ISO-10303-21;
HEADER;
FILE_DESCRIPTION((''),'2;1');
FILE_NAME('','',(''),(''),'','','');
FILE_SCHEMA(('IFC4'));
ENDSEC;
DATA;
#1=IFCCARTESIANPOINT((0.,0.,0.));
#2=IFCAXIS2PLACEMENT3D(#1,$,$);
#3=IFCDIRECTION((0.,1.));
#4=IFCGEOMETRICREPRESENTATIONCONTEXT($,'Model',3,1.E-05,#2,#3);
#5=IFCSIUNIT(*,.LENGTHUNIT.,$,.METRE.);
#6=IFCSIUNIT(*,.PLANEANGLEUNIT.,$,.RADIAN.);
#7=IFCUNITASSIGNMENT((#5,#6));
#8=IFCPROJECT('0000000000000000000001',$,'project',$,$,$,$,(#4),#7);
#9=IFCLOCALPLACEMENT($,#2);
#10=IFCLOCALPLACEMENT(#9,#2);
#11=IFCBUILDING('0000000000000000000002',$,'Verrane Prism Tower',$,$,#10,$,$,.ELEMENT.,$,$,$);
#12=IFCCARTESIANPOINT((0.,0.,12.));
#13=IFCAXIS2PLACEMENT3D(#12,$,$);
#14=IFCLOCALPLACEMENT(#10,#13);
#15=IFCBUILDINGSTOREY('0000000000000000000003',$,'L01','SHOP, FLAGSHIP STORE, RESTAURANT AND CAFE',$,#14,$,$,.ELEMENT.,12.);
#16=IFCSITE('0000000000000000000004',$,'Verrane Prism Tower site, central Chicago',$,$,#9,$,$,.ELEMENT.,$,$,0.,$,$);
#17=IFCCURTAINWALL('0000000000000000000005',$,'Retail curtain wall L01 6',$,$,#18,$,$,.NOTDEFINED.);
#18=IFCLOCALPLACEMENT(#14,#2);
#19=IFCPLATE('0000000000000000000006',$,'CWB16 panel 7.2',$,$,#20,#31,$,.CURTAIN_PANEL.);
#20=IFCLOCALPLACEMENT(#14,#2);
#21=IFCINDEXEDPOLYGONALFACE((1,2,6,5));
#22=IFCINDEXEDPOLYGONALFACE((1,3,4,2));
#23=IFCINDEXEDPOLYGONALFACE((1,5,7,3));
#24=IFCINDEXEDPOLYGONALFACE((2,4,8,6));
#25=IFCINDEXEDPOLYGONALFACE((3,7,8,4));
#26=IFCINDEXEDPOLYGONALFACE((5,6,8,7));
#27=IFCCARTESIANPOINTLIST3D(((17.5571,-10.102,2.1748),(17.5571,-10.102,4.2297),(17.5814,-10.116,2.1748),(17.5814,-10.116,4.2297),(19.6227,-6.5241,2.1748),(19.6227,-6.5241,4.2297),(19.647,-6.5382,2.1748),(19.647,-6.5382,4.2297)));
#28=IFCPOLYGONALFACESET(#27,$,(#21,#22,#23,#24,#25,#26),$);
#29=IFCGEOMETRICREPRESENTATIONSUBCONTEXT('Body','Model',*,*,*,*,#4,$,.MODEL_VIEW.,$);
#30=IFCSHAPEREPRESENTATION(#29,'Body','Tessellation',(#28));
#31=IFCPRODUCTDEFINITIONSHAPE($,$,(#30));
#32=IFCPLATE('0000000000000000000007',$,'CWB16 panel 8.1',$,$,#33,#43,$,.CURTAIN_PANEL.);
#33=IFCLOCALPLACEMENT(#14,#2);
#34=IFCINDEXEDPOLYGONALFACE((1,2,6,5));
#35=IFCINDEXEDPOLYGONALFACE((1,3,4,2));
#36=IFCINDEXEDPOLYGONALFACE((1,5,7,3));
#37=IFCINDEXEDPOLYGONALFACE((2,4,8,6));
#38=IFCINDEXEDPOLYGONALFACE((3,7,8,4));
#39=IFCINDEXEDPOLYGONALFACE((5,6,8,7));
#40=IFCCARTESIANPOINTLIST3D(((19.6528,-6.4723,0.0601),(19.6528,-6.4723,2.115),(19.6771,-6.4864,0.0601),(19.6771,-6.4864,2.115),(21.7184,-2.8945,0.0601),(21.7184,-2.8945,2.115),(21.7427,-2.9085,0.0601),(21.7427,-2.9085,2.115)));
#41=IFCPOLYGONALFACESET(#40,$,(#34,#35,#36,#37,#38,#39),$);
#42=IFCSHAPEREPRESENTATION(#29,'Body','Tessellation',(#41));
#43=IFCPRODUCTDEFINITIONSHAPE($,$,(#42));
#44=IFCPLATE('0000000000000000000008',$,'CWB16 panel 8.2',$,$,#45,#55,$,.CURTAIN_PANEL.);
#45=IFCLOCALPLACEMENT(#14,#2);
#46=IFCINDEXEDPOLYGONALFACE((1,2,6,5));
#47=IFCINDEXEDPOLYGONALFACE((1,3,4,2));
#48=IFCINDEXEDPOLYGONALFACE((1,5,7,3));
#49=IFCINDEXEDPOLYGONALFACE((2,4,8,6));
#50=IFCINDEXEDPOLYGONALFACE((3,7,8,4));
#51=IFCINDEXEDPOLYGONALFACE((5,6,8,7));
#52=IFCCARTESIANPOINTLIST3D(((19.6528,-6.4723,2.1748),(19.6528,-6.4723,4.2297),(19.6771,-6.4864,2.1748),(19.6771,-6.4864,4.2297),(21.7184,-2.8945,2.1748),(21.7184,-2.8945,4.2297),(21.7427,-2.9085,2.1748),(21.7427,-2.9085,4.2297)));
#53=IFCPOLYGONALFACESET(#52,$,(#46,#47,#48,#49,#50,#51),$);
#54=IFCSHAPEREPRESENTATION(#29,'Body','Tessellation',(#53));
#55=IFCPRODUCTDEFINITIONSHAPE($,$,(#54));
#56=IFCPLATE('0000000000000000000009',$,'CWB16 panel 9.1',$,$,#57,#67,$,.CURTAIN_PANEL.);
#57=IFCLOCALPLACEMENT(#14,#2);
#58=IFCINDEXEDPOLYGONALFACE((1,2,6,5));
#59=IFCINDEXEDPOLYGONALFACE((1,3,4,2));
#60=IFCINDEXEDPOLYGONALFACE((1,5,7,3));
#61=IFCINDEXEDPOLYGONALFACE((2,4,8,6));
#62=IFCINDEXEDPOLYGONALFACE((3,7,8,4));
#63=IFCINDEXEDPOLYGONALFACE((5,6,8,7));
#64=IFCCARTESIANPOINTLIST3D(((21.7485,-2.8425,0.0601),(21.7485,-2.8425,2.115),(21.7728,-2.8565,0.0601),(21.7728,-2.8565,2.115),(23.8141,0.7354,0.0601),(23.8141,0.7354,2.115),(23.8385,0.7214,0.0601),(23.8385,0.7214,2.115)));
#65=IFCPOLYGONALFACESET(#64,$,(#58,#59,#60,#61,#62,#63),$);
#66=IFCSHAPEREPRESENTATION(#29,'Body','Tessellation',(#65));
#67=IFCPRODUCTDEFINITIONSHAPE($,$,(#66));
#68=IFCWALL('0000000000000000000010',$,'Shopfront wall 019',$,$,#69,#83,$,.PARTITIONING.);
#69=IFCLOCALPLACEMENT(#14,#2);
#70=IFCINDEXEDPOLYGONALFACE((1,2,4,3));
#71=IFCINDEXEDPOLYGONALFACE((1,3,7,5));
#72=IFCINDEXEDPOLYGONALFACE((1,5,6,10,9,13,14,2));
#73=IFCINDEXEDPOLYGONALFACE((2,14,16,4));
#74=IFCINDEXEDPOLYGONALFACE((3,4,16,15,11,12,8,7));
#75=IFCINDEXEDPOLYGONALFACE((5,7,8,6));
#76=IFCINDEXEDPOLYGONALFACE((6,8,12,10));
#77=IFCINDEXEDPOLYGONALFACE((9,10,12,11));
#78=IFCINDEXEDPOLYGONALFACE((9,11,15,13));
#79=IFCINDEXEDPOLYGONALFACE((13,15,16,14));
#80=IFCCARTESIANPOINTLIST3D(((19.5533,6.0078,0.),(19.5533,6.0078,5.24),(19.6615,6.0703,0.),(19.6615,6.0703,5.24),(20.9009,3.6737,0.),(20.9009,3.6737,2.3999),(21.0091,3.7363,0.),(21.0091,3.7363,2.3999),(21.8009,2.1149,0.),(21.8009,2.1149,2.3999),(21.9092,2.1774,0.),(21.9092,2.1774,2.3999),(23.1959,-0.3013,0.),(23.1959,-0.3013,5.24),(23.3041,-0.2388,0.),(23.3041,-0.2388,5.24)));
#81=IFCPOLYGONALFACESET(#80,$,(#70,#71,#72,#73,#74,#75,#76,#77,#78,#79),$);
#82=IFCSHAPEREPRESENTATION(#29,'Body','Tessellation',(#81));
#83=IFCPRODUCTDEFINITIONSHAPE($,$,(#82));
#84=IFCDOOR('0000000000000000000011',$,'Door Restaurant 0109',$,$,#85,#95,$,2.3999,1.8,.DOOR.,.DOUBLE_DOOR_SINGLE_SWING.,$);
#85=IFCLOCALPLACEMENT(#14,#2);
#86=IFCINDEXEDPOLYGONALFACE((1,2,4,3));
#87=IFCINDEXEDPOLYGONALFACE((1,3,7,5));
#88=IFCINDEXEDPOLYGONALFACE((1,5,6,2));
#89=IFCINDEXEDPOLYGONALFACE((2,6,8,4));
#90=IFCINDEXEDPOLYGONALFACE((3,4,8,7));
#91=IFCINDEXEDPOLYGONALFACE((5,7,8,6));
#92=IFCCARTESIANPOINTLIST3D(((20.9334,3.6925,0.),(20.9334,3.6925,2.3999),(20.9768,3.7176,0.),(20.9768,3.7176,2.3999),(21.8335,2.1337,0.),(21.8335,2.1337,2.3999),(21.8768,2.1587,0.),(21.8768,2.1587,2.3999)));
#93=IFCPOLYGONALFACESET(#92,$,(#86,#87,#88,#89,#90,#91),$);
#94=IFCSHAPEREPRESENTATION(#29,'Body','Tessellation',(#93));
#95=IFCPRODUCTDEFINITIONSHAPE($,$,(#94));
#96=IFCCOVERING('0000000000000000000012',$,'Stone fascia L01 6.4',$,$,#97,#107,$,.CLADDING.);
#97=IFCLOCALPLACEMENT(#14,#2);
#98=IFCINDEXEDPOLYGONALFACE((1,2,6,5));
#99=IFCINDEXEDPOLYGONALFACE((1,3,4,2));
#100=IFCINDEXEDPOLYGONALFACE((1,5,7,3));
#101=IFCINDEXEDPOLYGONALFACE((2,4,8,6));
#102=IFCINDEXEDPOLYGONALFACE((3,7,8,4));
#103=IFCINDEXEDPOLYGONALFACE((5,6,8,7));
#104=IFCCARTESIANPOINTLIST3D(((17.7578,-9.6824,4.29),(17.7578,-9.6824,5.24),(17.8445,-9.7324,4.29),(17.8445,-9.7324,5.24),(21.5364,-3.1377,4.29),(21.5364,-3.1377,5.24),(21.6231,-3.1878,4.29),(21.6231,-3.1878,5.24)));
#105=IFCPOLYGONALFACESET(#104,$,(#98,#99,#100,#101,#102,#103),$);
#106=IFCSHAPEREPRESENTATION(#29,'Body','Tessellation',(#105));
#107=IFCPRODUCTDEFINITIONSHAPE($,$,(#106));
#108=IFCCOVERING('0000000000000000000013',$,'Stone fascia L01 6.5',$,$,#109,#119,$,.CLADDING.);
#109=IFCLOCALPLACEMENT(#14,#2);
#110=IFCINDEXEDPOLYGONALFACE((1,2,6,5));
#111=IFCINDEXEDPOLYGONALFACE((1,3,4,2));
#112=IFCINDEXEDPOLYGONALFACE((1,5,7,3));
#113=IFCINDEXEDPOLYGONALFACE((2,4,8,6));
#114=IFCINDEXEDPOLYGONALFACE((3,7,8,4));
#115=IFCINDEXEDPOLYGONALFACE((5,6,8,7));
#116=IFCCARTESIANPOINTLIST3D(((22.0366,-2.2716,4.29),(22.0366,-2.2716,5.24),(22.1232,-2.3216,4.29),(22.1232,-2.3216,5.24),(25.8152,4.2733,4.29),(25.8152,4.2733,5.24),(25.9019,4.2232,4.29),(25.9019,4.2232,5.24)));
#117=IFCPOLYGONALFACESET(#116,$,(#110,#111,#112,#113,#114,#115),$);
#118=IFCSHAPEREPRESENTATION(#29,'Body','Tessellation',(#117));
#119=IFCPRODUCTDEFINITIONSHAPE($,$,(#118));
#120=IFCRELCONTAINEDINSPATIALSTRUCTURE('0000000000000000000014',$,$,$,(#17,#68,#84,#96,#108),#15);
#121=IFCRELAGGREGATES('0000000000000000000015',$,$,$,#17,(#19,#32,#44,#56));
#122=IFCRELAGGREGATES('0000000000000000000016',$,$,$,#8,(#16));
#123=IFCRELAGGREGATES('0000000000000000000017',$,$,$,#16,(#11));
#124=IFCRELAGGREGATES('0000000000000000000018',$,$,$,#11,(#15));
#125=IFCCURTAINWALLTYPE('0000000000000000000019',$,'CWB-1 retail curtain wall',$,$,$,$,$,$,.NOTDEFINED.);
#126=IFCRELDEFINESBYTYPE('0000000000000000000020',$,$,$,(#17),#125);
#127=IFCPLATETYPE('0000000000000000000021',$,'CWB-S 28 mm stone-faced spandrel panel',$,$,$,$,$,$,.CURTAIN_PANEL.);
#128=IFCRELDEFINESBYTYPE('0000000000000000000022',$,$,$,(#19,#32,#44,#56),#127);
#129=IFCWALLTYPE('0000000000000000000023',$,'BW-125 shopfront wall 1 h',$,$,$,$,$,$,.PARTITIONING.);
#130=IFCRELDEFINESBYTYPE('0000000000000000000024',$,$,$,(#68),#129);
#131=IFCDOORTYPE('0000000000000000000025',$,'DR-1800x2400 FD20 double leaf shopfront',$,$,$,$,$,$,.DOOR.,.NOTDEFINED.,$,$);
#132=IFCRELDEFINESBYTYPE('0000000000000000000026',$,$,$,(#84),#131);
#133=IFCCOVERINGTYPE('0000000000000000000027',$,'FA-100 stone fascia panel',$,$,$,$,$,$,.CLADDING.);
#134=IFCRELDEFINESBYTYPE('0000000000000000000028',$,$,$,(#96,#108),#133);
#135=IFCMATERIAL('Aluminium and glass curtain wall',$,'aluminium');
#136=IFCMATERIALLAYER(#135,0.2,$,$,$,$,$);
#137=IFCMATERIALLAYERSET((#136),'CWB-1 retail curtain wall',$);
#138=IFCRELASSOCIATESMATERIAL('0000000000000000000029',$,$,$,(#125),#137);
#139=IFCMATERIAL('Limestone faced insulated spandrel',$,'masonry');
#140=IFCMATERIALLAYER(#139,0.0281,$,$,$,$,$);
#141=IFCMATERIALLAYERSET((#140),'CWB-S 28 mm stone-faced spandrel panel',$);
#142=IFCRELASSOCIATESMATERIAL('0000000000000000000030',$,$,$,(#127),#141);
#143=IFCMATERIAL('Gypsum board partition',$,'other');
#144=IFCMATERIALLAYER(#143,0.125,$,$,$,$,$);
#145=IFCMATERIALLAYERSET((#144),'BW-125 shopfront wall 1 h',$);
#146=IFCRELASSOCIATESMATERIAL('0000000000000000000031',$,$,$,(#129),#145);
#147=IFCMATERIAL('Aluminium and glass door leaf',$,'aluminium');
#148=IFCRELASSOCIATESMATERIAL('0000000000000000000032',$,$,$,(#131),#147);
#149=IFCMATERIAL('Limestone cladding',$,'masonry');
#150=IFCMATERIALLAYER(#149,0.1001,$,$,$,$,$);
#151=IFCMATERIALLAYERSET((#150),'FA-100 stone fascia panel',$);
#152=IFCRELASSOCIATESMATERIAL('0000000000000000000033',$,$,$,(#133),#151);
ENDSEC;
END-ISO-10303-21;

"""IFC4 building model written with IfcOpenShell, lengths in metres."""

from ifc_helpers import new_model, si_unit, direction, frame, frame_2d, origin, origin_2d, place, context, subcontext, project, spatial, rectangle, extrude, material, layer, layer_set, type_object, element, fill, aggregate, save


model = new_model("IFC4")

# Units and contexts
model_context = context("Model", 3, precision=1e-05, world=origin(), true_north=direction((0.0, 1.0)))
body_context = subcontext(model_context, "Body", "Model", "MODEL_VIEW")
ifc_project = project(units=[si_unit("LENGTHUNIT", "METRE"), si_unit("PLANEANGLEUNIT", "RADIAN")], contexts=[model_context])

# Site, building, storey
site_placement = place(None, origin())
site = spatial("IfcSite", under=ifc_project, at=site_placement, Name="Verrane Prism Tower site, central Chicago", CompositionType="ELEMENT", RefElevation=0.0)
building_placement = place(site_placement, origin())
building = spatial("IfcBuilding", under=site, at=building_placement, Name="Verrane Prism Tower", CompositionType="ELEMENT")
storey_placement = place(building_placement, frame((0.0, 0.0, 12.0)))
storey = spatial("IfcBuildingStorey", under=building, at=storey_placement, Name="L01", Description="SHOP, FLAGSHIP STORE, RESTAURANT AND CAFE", CompositionType="ELEMENT", Elevation=12.0)

# Curtain wall
ifc_material_1 = material(Name="Aluminium and glass curtain wall", Category="aluminium")
ifc_layer_1 = layer(ifc_material_1, 0.2)
ifc_layer_set_1 = layer_set([ifc_layer_1], Name="CWB-1 retail curtain wall")
curtain_wall_type = type_object("IfcCurtainWallType", Name="CWB-1 retail curtain wall", PredefinedType="NOTDEFINED", material=ifc_layer_set_1)
curtain_wall_placement = place(storey_placement, origin())
curtain_wall = element("IfcCurtainWall", 1, at=curtain_wall_placement, inside=storey, type_object=curtain_wall_type, Name="Retail curtain wall L01 6", PredefinedType="NOTDEFINED")

# Plates
ifc_material_2 = material(Name="Limestone faced insulated spandrel", Category="masonry")
ifc_layer_2 = layer(ifc_material_2, 0.0281)
ifc_layer_set_2 = layer_set([ifc_layer_2], Name="CWB-S 28 mm stone-faced spandrel panel")
plate_type_1 = type_object("IfcPlateType", Name="CWB-S 28 mm stone-faced spandrel panel", PredefinedType="CURTAIN_PANEL", material=ifc_layer_set_2)
plate_1_placement = place(storey_placement, frame((18.6021, -8.3201, 2.1748), z_axis=(0.0, 0.0, 1.0), x_axis=(0.5, 0.866025, 0.0)))
plate_1 = element("IfcPlate", 2, at=plate_1_placement, type_object=plate_type_1, Name="CWB16 panel 7.2", PredefinedType="CURTAIN_PANEL", context=body_context, shape_type="SweptSolid", body=[
    extrude(rectangle(XDim=4.1313, YDim=0.0281, at=origin_2d()), origin(), (0.0, 0.0, 1.0), 2.0549),
])
plate_2_placement = place(storey_placement, frame((20.6978, -4.6904, 0.0601), z_axis=(0.0, 0.0, 1.0), x_axis=(0.5, 0.866025, 0.0)))
plate_2 = element("IfcPlate", 3, at=plate_2_placement, type_object=plate_type_1, Name="CWB16 panel 8.1", PredefinedType="CURTAIN_PANEL", context=body_context, shape_type="SweptSolid", body=[
    extrude(rectangle(XDim=4.1313, YDim=0.0281, at=origin_2d()), origin(), (0.0, 0.0, 1.0), 2.0549),
])
plate_3_placement = place(storey_placement, frame((20.6978, -4.6904, 2.1748), z_axis=(0.0, 0.0, 1.0), x_axis=(0.5, 0.866025, 0.0)))
plate_3 = element("IfcPlate", 4, at=plate_3_placement, type_object=plate_type_1, Name="CWB16 panel 8.2", PredefinedType="CURTAIN_PANEL", context=body_context, shape_type="SweptSolid", body=[
    extrude(rectangle(XDim=4.1313, YDim=0.0281, at=origin_2d()), origin(), (0.0, 0.0, 1.0), 2.0549),
])
plate_4_placement = place(storey_placement, frame((22.7935, -1.0605, 0.0601), z_axis=(0.0, 0.0, 1.0), x_axis=(0.5, 0.866025, 0.0)))
plate_4 = element("IfcPlate", 5, at=plate_4_placement, type_object=plate_type_1, Name="CWB16 panel 9.1", PredefinedType="CURTAIN_PANEL", context=body_context, shape_type="SweptSolid", body=[
    extrude(rectangle(XDim=4.1313, YDim=0.0281, at=origin_2d()), origin(), (0.0, 0.0, 1.0), 2.0549),
])
aggregate(curtain_wall, [plate_1, plate_2, plate_3, plate_4])

# Wall, opening, door
ifc_material_3 = material(Name="Gypsum board partition", Category="other")
ifc_layer_3 = layer(ifc_material_3, 0.125)
ifc_layer_set_3 = layer_set([ifc_layer_3], Name="BW-125 shopfront wall 1 h")
wall_type = type_object("IfcWallType", Name="BW-125 shopfront wall 1 h", PredefinedType="PARTITIONING", material=ifc_layer_set_3)
wall_placement = place(storey_placement, frame((23.25, -0.27, 0.0), z_axis=(0.0, 0.0, 1.0), x_axis=(-0.500003, 0.866024, 0.0)))
wall = element("IfcWall", 6, at=wall_placement, inside=storey, type_object=wall_type, Name="Shopfront wall 019", PredefinedType="PARTITIONING", context=body_context, shape_type="SweptSolid", body=[
    extrude(rectangle(XDim=7.2852, YDim=0.125, at=frame_2d((3.6426, 0.0))), origin(), (0.0, 0.0, 1.0), 5.24),
])
opening_placement = place(wall_placement, frame((2.79, 0.0, 0.0)))
opening = element("IfcOpeningElement", 7, at=opening_placement, cuts=wall, PredefinedType="OPENING", context=body_context, shape_type="SweptSolid", body=[
    extrude(rectangle(XDim=1.8, YDim=2.3999, at=frame_2d((0.8999, 1.2))), frame((0.0, 0.0725, 0.0), z_axis=(0.0, -1.0, 0.0), x_axis=(1.0, 0.0, 0.0)), (0.0, 0.0, 1.0), 0.145),
])
ifc_material_4 = material(Name="Aluminium and glass door leaf", Category="aluminium")
door_type = type_object("IfcDoorType", Name="DR-1800x2400 FD20 double leaf shopfront", OperationType="NOTDEFINED", PredefinedType="DOOR", material=ifc_material_4)
door_placement = place(opening_placement, origin())
door = element("IfcDoor", 8, at=door_placement, inside=storey, type_object=door_type, Name="Door Restaurant 0109", OperationType="DOUBLE_DOOR_SINGLE_SWING", OverallHeight=2.3999, OverallWidth=1.8, PredefinedType="DOOR", context=body_context, shape_type="SweptSolid", body=[
    extrude(rectangle(XDim=1.8, YDim=2.3999, at=frame_2d((0.8999, 1.2))), frame((0.0, 0.0249, 0.0), z_axis=(0.0, -1.0, 0.0), x_axis=(1.0, 0.0, 0.0)), (0.0, 0.0, 1.0), 0.05),
])
fill(opening, door)

# Coverings
ifc_material_5 = material(Name="Limestone cladding", Category="masonry")
ifc_layer_4 = layer(ifc_material_5, 0.1001)
ifc_layer_set_4 = layer_set([ifc_layer_4], Name="FA-100 stone fascia panel")
covering_type = type_object("IfcCoveringType", Name="FA-100 stone fascia panel", PredefinedType="CLADDING", material=ifc_layer_set_4)
covering_1_placement = place(storey_placement, frame((19.6904, -6.4351, 4.29), z_axis=(0.0, 0.0, 1.0), x_axis=(0.5, 0.866025, 0.0)))
element("IfcCovering", 9, at=covering_1_placement, inside=storey, type_object=covering_type, Name="Stone fascia L01 6.4", PredefinedType="CLADDING", context=body_context, shape_type="SweptSolid", body=[
    extrude(rectangle(XDim=7.5571, YDim=0.1001, at=origin_2d()), origin(), (0.0, 0.0, 1.0), 0.95),
])
covering_2_placement = place(storey_placement, frame((23.9692, 0.9758, 4.29), z_axis=(0.0, 0.0, 1.0), x_axis=(0.5, 0.866025, 0.0)))
element("IfcCovering", 10, at=covering_2_placement, inside=storey, type_object=covering_type, Name="Stone fascia L01 6.5", PredefinedType="CLADDING", context=body_context, shape_type="SweptSolid", body=[
    extrude(rectangle(XDim=7.5574, YDim=0.1001, at=origin_2d()), origin(), (0.0, 0.0, 1.0), 0.95),
])

save(model, "model.ifc")
